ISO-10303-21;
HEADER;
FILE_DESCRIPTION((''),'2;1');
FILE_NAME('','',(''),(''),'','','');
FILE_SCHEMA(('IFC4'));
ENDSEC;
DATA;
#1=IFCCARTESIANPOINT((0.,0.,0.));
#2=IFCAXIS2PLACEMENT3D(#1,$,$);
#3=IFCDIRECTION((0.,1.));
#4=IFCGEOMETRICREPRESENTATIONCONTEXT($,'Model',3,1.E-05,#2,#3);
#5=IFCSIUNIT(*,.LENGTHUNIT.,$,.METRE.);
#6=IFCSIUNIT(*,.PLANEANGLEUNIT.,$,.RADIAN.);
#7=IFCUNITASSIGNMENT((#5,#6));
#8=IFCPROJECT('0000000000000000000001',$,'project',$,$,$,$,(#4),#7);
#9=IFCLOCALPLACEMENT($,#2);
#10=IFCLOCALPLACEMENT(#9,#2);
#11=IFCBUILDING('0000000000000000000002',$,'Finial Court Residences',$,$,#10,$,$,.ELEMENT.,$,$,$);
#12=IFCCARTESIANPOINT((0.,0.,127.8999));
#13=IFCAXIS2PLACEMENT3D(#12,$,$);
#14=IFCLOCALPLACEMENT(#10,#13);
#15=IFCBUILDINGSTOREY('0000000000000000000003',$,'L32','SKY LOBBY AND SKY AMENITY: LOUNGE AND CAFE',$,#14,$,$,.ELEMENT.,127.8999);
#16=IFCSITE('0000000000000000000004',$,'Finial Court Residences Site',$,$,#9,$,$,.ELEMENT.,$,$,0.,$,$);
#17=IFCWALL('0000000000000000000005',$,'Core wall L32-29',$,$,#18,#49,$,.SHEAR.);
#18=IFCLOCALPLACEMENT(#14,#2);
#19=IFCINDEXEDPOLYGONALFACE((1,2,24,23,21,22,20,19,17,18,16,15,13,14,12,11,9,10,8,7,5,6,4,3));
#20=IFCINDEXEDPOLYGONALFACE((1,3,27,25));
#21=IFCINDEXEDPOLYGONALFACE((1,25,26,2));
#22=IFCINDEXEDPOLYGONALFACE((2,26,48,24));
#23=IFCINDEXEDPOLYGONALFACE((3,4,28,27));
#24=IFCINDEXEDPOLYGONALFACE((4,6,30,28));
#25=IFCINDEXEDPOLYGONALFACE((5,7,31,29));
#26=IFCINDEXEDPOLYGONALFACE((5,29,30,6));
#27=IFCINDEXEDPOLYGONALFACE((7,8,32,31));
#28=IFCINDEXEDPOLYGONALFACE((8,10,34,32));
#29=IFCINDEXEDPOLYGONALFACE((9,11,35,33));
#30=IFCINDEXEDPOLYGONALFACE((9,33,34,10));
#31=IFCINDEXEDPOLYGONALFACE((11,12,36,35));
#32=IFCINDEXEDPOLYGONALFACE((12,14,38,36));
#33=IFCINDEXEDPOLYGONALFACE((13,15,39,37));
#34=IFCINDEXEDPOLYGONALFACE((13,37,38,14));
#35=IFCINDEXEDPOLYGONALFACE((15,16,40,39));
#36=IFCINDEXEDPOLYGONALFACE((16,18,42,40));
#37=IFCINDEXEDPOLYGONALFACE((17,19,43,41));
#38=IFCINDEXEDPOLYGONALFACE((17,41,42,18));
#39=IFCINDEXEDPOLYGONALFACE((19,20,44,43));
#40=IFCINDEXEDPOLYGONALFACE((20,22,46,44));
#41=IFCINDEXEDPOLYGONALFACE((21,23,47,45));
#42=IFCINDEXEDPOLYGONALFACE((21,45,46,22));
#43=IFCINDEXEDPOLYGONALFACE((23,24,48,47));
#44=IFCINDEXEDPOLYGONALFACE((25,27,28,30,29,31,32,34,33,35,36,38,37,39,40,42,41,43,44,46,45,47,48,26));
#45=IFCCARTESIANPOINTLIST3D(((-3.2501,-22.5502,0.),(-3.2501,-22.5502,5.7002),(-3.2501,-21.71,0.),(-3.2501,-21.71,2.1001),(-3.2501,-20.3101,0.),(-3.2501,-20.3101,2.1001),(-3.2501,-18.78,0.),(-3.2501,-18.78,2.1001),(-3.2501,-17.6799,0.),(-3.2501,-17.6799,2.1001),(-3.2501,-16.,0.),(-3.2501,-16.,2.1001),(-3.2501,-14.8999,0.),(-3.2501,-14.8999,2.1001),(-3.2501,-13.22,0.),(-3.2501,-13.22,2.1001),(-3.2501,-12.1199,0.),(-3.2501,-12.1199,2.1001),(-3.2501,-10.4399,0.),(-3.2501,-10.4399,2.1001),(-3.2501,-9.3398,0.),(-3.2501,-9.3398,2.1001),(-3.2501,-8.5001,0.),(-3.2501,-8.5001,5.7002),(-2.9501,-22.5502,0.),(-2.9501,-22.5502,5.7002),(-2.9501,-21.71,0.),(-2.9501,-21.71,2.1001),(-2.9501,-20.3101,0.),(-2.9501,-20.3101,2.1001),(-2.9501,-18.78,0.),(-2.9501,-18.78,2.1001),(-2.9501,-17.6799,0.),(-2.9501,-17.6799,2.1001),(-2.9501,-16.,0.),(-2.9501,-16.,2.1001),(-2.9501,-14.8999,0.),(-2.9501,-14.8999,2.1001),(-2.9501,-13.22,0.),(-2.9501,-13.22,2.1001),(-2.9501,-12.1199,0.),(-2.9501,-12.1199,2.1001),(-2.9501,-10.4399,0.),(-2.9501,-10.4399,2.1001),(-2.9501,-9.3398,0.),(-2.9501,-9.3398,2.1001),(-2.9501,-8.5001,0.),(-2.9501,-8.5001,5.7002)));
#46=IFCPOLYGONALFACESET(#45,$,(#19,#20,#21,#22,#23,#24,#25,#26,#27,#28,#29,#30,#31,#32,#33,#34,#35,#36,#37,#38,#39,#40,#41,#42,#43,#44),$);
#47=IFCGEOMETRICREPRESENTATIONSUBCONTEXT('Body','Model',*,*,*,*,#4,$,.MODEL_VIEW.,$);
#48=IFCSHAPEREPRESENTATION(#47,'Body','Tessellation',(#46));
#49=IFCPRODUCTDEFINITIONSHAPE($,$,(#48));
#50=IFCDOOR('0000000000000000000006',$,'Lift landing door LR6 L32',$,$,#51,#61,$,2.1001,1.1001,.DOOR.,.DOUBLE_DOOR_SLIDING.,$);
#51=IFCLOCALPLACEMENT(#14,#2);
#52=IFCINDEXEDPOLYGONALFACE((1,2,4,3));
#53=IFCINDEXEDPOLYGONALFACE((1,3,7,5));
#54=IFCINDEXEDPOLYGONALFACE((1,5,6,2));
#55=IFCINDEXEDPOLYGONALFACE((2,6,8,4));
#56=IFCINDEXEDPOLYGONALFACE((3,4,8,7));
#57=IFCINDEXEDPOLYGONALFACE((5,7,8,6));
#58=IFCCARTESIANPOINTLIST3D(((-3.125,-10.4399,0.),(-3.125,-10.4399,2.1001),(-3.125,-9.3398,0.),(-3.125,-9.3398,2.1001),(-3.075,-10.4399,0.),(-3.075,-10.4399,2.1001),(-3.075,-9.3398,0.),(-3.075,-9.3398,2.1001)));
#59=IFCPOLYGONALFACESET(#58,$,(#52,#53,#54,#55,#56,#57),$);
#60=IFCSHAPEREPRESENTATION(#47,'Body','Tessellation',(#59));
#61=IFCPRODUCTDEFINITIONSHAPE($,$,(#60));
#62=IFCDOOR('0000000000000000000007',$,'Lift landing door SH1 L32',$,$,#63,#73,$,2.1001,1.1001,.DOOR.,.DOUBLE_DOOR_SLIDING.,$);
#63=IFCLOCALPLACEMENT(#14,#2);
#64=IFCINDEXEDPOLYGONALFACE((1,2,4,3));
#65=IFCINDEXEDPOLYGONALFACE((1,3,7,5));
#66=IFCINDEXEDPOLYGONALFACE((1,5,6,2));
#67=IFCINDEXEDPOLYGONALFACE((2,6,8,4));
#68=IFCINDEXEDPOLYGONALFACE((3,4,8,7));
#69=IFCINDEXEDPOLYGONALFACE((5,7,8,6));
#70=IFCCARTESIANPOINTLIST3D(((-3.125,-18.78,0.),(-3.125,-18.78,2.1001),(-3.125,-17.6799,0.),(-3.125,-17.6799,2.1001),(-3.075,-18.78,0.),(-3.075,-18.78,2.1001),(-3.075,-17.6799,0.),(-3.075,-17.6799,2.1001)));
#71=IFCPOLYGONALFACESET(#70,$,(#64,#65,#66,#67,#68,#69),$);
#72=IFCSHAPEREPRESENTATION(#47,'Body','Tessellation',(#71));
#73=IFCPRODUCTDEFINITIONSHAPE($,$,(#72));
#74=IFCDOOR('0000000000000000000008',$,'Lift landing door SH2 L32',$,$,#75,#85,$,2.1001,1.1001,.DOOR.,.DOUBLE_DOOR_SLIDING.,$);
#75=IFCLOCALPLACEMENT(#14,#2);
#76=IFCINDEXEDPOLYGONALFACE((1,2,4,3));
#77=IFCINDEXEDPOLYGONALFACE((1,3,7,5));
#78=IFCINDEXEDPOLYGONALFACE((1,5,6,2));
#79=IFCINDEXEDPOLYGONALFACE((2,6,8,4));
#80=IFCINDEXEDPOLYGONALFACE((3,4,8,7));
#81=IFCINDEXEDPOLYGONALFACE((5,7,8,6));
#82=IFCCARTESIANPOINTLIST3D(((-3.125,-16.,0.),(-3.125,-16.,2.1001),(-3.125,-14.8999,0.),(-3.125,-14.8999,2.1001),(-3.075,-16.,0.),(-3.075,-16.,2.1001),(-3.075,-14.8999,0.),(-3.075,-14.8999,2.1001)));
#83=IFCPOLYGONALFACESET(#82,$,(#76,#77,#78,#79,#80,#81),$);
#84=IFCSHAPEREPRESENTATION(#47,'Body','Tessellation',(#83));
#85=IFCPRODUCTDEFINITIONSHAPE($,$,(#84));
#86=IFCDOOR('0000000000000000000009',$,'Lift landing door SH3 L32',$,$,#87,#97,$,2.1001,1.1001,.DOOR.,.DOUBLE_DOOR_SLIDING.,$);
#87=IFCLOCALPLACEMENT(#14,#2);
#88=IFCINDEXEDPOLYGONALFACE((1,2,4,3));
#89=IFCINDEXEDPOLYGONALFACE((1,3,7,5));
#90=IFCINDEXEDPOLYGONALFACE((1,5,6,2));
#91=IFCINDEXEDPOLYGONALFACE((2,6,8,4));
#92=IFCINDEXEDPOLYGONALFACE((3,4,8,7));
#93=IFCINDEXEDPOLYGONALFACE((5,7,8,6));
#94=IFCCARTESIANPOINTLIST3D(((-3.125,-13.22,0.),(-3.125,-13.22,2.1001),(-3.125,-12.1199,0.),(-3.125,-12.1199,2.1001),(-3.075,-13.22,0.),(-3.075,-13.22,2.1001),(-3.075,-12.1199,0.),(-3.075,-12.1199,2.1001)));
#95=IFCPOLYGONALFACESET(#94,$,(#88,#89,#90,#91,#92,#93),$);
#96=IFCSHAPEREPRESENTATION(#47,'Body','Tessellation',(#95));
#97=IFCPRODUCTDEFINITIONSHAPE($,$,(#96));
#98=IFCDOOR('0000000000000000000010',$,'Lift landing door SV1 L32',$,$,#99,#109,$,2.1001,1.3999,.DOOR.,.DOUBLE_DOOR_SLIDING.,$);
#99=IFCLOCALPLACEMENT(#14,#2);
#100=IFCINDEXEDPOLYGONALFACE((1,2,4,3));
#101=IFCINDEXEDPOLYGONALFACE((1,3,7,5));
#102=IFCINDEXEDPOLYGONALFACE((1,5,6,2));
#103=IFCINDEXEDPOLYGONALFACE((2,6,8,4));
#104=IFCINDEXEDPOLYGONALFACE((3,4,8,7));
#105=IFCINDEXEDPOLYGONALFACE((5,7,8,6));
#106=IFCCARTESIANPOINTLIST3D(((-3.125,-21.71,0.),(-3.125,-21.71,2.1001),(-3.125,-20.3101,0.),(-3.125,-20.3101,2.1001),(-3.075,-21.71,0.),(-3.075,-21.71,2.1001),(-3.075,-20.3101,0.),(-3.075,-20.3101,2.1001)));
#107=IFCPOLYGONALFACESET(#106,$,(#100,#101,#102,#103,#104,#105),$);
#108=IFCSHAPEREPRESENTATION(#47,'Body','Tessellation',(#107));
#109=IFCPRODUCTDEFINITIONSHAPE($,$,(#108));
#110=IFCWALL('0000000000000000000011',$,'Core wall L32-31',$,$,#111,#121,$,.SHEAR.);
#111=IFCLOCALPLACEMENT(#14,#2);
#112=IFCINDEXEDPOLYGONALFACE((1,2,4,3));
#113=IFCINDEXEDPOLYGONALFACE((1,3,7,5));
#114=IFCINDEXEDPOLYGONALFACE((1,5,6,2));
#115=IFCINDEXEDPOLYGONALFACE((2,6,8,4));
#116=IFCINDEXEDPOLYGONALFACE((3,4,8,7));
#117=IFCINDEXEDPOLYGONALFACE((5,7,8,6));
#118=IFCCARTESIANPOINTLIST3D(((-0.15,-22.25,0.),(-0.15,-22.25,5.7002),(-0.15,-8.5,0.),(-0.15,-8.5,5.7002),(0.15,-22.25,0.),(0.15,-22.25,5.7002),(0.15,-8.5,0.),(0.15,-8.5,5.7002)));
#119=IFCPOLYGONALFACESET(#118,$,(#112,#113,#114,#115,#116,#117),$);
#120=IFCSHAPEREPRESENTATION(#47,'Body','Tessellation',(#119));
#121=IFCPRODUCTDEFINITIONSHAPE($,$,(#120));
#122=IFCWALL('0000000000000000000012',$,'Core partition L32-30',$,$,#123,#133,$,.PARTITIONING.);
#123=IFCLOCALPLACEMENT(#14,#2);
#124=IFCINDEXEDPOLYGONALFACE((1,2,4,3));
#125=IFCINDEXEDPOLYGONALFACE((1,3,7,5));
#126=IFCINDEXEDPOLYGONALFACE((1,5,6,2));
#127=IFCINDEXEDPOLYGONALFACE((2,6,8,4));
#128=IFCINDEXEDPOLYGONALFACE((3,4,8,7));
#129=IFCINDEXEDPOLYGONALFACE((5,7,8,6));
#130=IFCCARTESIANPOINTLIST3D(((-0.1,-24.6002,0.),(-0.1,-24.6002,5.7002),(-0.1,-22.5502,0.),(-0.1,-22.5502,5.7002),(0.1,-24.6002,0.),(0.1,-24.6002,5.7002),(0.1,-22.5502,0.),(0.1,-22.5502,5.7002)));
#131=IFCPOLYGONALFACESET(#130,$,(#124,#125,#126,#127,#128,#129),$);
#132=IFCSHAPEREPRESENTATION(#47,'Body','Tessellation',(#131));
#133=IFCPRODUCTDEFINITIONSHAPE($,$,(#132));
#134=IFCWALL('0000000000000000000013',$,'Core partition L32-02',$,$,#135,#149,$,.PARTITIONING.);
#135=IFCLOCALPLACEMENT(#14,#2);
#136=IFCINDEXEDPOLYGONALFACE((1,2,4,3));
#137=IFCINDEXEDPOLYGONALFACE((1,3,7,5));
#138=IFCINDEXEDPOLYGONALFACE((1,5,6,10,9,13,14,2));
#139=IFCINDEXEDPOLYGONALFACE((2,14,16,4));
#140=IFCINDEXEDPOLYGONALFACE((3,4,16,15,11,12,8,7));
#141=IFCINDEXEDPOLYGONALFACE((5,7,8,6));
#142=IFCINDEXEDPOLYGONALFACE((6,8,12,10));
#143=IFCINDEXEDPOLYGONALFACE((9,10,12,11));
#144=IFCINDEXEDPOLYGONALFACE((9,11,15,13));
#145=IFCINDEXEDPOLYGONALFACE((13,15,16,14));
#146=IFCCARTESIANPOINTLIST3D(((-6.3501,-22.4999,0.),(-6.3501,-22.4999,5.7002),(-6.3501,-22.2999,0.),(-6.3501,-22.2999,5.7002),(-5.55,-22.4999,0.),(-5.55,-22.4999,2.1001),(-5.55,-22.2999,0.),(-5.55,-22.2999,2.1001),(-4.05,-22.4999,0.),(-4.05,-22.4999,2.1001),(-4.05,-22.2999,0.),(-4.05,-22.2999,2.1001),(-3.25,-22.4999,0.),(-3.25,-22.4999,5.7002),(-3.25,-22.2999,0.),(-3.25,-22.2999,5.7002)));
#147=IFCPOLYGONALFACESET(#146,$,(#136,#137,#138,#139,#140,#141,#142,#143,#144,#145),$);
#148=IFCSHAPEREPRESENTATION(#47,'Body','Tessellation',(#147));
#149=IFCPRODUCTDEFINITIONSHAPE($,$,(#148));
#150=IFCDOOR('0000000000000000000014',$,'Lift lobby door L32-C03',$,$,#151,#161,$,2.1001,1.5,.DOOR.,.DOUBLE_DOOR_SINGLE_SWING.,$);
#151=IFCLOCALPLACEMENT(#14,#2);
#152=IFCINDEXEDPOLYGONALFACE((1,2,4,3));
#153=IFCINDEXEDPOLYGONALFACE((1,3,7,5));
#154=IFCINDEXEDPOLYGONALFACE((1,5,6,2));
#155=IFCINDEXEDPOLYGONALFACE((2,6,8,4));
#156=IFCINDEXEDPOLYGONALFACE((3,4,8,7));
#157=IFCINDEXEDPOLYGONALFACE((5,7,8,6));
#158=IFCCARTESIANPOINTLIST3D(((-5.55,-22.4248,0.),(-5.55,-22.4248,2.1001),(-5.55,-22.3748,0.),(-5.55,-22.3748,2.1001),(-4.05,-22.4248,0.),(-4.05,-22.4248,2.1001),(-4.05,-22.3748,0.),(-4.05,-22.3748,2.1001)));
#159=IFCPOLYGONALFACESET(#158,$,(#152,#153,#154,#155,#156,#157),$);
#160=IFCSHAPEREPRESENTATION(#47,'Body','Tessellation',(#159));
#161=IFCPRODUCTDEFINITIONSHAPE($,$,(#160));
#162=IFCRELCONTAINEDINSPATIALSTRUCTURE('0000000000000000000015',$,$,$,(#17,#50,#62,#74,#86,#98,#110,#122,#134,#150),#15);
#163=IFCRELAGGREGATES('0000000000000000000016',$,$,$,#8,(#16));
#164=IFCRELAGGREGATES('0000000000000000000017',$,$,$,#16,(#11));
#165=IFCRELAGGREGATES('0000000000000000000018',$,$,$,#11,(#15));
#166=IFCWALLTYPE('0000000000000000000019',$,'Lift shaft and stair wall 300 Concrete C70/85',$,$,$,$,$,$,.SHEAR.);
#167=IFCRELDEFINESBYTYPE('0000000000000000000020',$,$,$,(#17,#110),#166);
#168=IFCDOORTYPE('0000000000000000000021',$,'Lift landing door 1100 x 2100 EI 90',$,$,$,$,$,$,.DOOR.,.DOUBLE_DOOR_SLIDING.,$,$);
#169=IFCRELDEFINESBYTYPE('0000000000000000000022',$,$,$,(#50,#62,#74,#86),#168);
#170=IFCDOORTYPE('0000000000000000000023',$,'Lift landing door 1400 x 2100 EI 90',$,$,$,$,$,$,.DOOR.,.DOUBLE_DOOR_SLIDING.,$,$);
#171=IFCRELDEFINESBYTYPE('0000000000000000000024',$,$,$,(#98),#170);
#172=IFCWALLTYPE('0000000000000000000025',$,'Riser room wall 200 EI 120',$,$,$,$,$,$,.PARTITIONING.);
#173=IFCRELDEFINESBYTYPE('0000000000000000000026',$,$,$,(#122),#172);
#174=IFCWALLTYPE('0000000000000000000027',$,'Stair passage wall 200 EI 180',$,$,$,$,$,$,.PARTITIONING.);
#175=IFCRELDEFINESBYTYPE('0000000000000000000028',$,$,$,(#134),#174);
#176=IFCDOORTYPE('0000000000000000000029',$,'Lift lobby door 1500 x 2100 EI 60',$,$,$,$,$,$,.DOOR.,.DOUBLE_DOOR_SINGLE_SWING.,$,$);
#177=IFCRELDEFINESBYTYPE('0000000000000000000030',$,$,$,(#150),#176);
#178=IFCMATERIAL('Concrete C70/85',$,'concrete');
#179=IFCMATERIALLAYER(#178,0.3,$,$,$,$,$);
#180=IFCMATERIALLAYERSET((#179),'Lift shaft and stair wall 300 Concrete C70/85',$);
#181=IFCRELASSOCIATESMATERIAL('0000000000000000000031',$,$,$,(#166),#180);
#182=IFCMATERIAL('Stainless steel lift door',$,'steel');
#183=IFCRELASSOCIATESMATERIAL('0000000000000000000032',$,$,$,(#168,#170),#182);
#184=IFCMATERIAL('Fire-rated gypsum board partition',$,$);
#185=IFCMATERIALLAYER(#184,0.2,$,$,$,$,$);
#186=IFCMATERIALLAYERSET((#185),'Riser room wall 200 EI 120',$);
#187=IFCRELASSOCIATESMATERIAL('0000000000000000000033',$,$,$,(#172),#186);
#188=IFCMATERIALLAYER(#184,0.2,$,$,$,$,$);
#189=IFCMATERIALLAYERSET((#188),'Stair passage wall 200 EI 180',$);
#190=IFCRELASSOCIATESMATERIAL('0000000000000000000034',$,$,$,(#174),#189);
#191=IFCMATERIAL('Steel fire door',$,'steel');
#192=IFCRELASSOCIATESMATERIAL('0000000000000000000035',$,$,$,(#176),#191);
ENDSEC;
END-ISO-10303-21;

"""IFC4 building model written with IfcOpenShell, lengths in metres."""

from ifc_helpers import new_model, si_unit, direction, frame, frame_2d, origin, place, context, subcontext, project, spatial, rectangle, extrude, material, layer, layer_set, type_object, element, fill, save


model = new_model("IFC4")

# Units and contexts
model_context = context("Model", 3, precision=1e-05, world=origin(), true_north=direction((0.0, 1.0)))
body_context = subcontext(model_context, "Body", "Model", "MODEL_VIEW")
ifc_project = project(units=[si_unit("LENGTHUNIT", "METRE"), si_unit("PLANEANGLEUNIT", "RADIAN")], contexts=[model_context])

# Site, building, storey
site_placement = place(None, origin())
site = spatial("IfcSite", under=ifc_project, at=site_placement, Name="Finial Court Residences Site", CompositionType="ELEMENT", RefElevation=0.0)
building_placement = place(site_placement, origin())
building = spatial("IfcBuilding", under=site, at=building_placement, Name="Finial Court Residences", CompositionType="ELEMENT")
storey_placement = place(building_placement, frame((0.0, 0.0, 127.8999)))
storey = spatial("IfcBuildingStorey", under=building, at=storey_placement, Name="L32", Description="SKY LOBBY AND SKY AMENITY: LOUNGE AND CAFE", CompositionType="ELEMENT", Elevation=127.8999)

# Shared definitions
ifc_material_1 = material(Name="Concrete C70/85", Category="concrete")
ifc_layer_1 = layer(ifc_material_1, 0.3)
ifc_layer_set_1 = layer_set([ifc_layer_1], Name="Lift shaft and stair wall 300 Concrete C70/85")
wall_type_1 = type_object("IfcWallType", Name="Lift shaft and stair wall 300 Concrete C70/85", PredefinedType="SHEAR", material=ifc_layer_set_1)

# Shared definitions
ifc_material_2 = material(Name="Steel fire door", Category="steel")

# Wall, openings, doors
ifc_material_3 = material(Name="Stainless steel lift door", Category="steel")
door_type_1 = type_object("IfcDoorType", Name="Lift landing door 1100 x 2100 EI 90", OperationType="DOUBLE_DOOR_SLIDING", PredefinedType="DOOR", material=ifc_material_3)
wall_1_placement = place(storey_placement, frame((-3.1001, -22.55, 0.0), z_axis=(0.0, 0.0, 1.0), x_axis=(0.0, 1.0, 0.0)))
wall_1 = element("IfcWall", 1, at=wall_1_placement, inside=storey, type_object=wall_type_1, Name="Core wall L32-29", PredefinedType="SHEAR", context=body_context, shape_type="SweptSolid", body=[
    extrude(rectangle(XDim=14.05, YDim=0.3, at=frame_2d((7.0249, 0.0))), origin(), (0.0, 0.0, 1.0), 5.7002),
])
opening_1_placement = place(wall_1_placement, frame((12.1101, 0.0, 0.0)))
opening_1 = element("IfcOpeningElement", 2, at=opening_1_placement, cuts=wall_1, PredefinedType="OPENING", context=body_context, shape_type="SweptSolid", body=[
    extrude(rectangle(XDim=1.1001, YDim=2.1001, at=frame_2d((0.55, 1.05))), frame((0.0, 0.1599, 0.0), z_axis=(0.0, -1.0, 0.0), x_axis=(1.0, 0.0, 0.0)), (0.0, 0.0, 1.0), 0.3201),
])
opening_2_placement = place(wall_1_placement, frame((3.77, 0.0, 0.0)))
opening_2 = element("IfcOpeningElement", 3, at=opening_2_placement, cuts=wall_1, PredefinedType="OPENING", context=body_context, shape_type="SweptSolid", body=[
    extrude(rectangle(XDim=1.1001, YDim=2.1001, at=frame_2d((0.55, 1.05))), frame((0.0, 0.1599, 0.0), z_axis=(0.0, -1.0, 0.0), x_axis=(1.0, 0.0, 0.0)), (0.0, 0.0, 1.0), 0.3201),
])
opening_3_placement = place(wall_1_placement, frame((6.55, 0.0, 0.0)))
opening_3 = element("IfcOpeningElement", 4, at=opening_3_placement, cuts=wall_1, PredefinedType="OPENING", context=body_context, shape_type="SweptSolid", body=[
    extrude(rectangle(XDim=1.1001, YDim=2.1001, at=frame_2d((0.55, 1.05))), frame((0.0, 0.1599, 0.0), z_axis=(0.0, -1.0, 0.0), x_axis=(1.0, 0.0, 0.0)), (0.0, 0.0, 1.0), 0.3201),
])
opening_4_placement = place(wall_1_placement, frame((9.3301, 0.0, 0.0)))
opening_4 = element("IfcOpeningElement", 5, at=opening_4_placement, cuts=wall_1, PredefinedType="OPENING", context=body_context, shape_type="SweptSolid", body=[
    extrude(rectangle(XDim=1.1001, YDim=2.1001, at=frame_2d((0.55, 1.05))), frame((0.0, 0.1599, 0.0), z_axis=(0.0, -1.0, 0.0), x_axis=(1.0, 0.0, 0.0)), (0.0, 0.0, 1.0), 0.3201),
])
opening_5_placement = place(wall_1_placement, frame((0.8401, 0.0, 0.0)))
opening_5 = element("IfcOpeningElement", 6, at=opening_5_placement, cuts=wall_1, PredefinedType="OPENING", context=body_context, shape_type="SweptSolid", body=[
    extrude(rectangle(XDim=1.3999, YDim=2.1001, at=frame_2d((0.7, 1.05))), frame((0.0, 0.1599, 0.0), z_axis=(0.0, -1.0, 0.0), x_axis=(1.0, 0.0, 0.0)), (0.0, 0.0, 1.0), 0.3201),
])
door_1_placement = place(opening_1_placement, origin())
door_1 = element("IfcDoor", 7, at=door_1_placement, inside=storey, type_object=door_type_1, Name="Lift landing door LR6 L32", OperationType="DOUBLE_DOOR_SLIDING", OverallHeight=2.1001, OverallWidth=1.1001, PredefinedType="DOOR", context=body_context, shape_type="SweptSolid", body=[
    extrude(rectangle(XDim=1.1001, YDim=2.1001, at=frame_2d((0.55, 1.05))), frame((0.0, 0.0249, 0.0), z_axis=(0.0, -1.0, 0.0), x_axis=(1.0, 0.0, 0.0)), (0.0, 0.0, 1.0), 0.05),
])
fill(opening_1, door_1)
door_2_placement = place(opening_2_placement, origin())
door_2 = element("IfcDoor", 8, at=door_2_placement, inside=storey, type_object=door_type_1, Name="Lift landing door SH1 L32", OperationType="DOUBLE_DOOR_SLIDING", OverallHeight=2.1001, OverallWidth=1.1001, PredefinedType="DOOR", context=body_context, shape_type="SweptSolid", body=[
    extrude(rectangle(XDim=1.1001, YDim=2.1001, at=frame_2d((0.55, 1.05))), frame((0.0, 0.0249, 0.0), z_axis=(0.0, -1.0, 0.0), x_axis=(1.0, 0.0, 0.0)), (0.0, 0.0, 1.0), 0.05),
])
fill(opening_2, door_2)
door_3_placement = place(opening_3_placement, origin())
door_3 = element("IfcDoor", 9, at=door_3_placement, inside=storey, type_object=door_type_1, Name="Lift landing door SH2 L32", OperationType="DOUBLE_DOOR_SLIDING", OverallHeight=2.1001, OverallWidth=1.1001, PredefinedType="DOOR", context=body_context, shape_type="SweptSolid", body=[
    extrude(rectangle(XDim=1.1001, YDim=2.1001, at=frame_2d((0.55, 1.05))), frame((0.0, 0.0249, 0.0), z_axis=(0.0, -1.0, 0.0), x_axis=(1.0, 0.0, 0.0)), (0.0, 0.0, 1.0), 0.05),
])
fill(opening_3, door_3)
door_4_placement = place(opening_4_placement, origin())
door_4 = element("IfcDoor", 10, at=door_4_placement, inside=storey, type_object=door_type_1, Name="Lift landing door SH3 L32", OperationType="DOUBLE_DOOR_SLIDING", OverallHeight=2.1001, OverallWidth=1.1001, PredefinedType="DOOR", context=body_context, shape_type="SweptSolid", body=[
    extrude(rectangle(XDim=1.1001, YDim=2.1001, at=frame_2d((0.55, 1.05))), frame((0.0, 0.0249, 0.0), z_axis=(0.0, -1.0, 0.0), x_axis=(1.0, 0.0, 0.0)), (0.0, 0.0, 1.0), 0.05),
])
fill(opening_4, door_4)
door_type_2 = type_object("IfcDoorType", Name="Lift landing door 1400 x 2100 EI 90", OperationType="DOUBLE_DOOR_SLIDING", PredefinedType="DOOR", material=ifc_material_3)
door_5_placement = place(opening_5_placement, origin())
door_5 = element("IfcDoor", 11, at=door_5_placement, inside=storey, type_object=door_type_2, Name="Lift landing door SV1 L32", OperationType="DOUBLE_DOOR_SLIDING", OverallHeight=2.1001, OverallWidth=1.3999, PredefinedType="DOOR", context=body_context, shape_type="SweptSolid", body=[
    extrude(rectangle(XDim=1.3999, YDim=2.1001, at=frame_2d((0.7, 1.05))), frame((0.0, 0.0249, 0.0), z_axis=(0.0, -1.0, 0.0), x_axis=(1.0, 0.0, 0.0)), (0.0, 0.0, 1.0), 0.05),
])
fill(opening_5, door_5)

# Walls
wall_2_placement = place(storey_placement, frame((0.0, -22.25, 0.0), z_axis=(0.0, 0.0, 1.0), x_axis=(0.0, 1.0, 0.0)))
element("IfcWall", 12, at=wall_2_placement, inside=storey, type_object=wall_type_1, Name="Core wall L32-31", PredefinedType="SHEAR", context=body_context, shape_type="SweptSolid", body=[
    extrude(rectangle(XDim=13.75, YDim=0.3, at=frame_2d((6.875, 0.0))), origin(), (0.0, 0.0, 1.0), 5.7002),
])
ifc_material_4 = material(Name="Fire-rated gypsum board partition")
ifc_layer_2 = layer(ifc_material_4, 0.2)
ifc_layer_set_2 = layer_set([ifc_layer_2], Name="Riser room wall 200 EI 120")
wall_type_2 = type_object("IfcWallType", Name="Riser room wall 200 EI 120", PredefinedType="PARTITIONING", material=ifc_layer_set_2)
wall_3_placement = place(storey_placement, frame((0.0, -24.6001, 0.0), z_axis=(0.0, 0.0, 1.0), x_axis=(0.0, 1.0, 0.0)))
element("IfcWall", 13, at=wall_3_placement, inside=storey, type_object=wall_type_2, Name="Core partition L32-30", PredefinedType="PARTITIONING", context=body_context, shape_type="SweptSolid", body=[
    extrude(rectangle(XDim=2.05, YDim=0.2, at=frame_2d((1.0249, 0.0))), origin(), (0.0, 0.0, 1.0), 5.7002),
])

# Wall, opening, door
ifc_layer_3 = layer(ifc_material_4, 0.2)
ifc_layer_set_3 = layer_set([ifc_layer_3], Name="Stair passage wall 200 EI 180")
wall_type_3 = type_object("IfcWallType", Name="Stair passage wall 200 EI 180", PredefinedType="PARTITIONING", material=ifc_layer_set_3)
wall_4_placement = place(storey_placement, frame((-3.25, -22.3999, 0.0), z_axis=(0.0, 0.0, 1.0), x_axis=(-1.0, 0.0, 0.0)))
wall_4 = element("IfcWall", 14, at=wall_4_placement, inside=storey, type_object=wall_type_3, Name="Core partition L32-02", PredefinedType="PARTITIONING", context=body_context, shape_type="SweptSolid", body=[
    extrude(rectangle(XDim=3.1001, YDim=0.2, at=frame_2d((1.55, 0.0))), origin(), (0.0, 0.0, 1.0), 5.7002),
])
opening_6_placement = place(wall_4_placement, frame((0.8, 0.0, 0.0)))
opening_6 = element("IfcOpeningElement", 15, at=opening_6_placement, cuts=wall_4, PredefinedType="OPENING", context=body_context, shape_type="SweptSolid", body=[
    extrude(rectangle(XDim=1.5, YDim=2.1001, at=frame_2d((0.75, 1.05))), frame((0.0, 0.1099, 0.0), z_axis=(0.0, -1.0, 0.0), x_axis=(1.0, 0.0, 0.0)), (0.0, 0.0, 1.0), 0.22),
])
door_type_3 = type_object("IfcDoorType", Name="Lift lobby door 1500 x 2100 EI 60", OperationType="DOUBLE_DOOR_SINGLE_SWING", PredefinedType="DOOR", material=ifc_material_2)
door_6_placement = place(opening_6_placement, origin())
door_6 = element("IfcDoor", 16, at=door_6_placement, inside=storey, type_object=door_type_3, Name="Lift lobby door L32-C03", OperationType="DOUBLE_DOOR_SINGLE_SWING", OverallHeight=2.1001, OverallWidth=1.5, PredefinedType="DOOR", context=body_context, shape_type="SweptSolid", body=[
    extrude(rectangle(XDim=1.5, YDim=2.1001, at=frame_2d((0.75, 1.05))), frame((0.0, 0.0249, 0.0), z_axis=(0.0, -1.0, 0.0), x_axis=(1.0, 0.0, 0.0)), (0.0, 0.0, 1.0), 0.05),
])
fill(opening_6, door_6)

save(model, "model.ifc")
